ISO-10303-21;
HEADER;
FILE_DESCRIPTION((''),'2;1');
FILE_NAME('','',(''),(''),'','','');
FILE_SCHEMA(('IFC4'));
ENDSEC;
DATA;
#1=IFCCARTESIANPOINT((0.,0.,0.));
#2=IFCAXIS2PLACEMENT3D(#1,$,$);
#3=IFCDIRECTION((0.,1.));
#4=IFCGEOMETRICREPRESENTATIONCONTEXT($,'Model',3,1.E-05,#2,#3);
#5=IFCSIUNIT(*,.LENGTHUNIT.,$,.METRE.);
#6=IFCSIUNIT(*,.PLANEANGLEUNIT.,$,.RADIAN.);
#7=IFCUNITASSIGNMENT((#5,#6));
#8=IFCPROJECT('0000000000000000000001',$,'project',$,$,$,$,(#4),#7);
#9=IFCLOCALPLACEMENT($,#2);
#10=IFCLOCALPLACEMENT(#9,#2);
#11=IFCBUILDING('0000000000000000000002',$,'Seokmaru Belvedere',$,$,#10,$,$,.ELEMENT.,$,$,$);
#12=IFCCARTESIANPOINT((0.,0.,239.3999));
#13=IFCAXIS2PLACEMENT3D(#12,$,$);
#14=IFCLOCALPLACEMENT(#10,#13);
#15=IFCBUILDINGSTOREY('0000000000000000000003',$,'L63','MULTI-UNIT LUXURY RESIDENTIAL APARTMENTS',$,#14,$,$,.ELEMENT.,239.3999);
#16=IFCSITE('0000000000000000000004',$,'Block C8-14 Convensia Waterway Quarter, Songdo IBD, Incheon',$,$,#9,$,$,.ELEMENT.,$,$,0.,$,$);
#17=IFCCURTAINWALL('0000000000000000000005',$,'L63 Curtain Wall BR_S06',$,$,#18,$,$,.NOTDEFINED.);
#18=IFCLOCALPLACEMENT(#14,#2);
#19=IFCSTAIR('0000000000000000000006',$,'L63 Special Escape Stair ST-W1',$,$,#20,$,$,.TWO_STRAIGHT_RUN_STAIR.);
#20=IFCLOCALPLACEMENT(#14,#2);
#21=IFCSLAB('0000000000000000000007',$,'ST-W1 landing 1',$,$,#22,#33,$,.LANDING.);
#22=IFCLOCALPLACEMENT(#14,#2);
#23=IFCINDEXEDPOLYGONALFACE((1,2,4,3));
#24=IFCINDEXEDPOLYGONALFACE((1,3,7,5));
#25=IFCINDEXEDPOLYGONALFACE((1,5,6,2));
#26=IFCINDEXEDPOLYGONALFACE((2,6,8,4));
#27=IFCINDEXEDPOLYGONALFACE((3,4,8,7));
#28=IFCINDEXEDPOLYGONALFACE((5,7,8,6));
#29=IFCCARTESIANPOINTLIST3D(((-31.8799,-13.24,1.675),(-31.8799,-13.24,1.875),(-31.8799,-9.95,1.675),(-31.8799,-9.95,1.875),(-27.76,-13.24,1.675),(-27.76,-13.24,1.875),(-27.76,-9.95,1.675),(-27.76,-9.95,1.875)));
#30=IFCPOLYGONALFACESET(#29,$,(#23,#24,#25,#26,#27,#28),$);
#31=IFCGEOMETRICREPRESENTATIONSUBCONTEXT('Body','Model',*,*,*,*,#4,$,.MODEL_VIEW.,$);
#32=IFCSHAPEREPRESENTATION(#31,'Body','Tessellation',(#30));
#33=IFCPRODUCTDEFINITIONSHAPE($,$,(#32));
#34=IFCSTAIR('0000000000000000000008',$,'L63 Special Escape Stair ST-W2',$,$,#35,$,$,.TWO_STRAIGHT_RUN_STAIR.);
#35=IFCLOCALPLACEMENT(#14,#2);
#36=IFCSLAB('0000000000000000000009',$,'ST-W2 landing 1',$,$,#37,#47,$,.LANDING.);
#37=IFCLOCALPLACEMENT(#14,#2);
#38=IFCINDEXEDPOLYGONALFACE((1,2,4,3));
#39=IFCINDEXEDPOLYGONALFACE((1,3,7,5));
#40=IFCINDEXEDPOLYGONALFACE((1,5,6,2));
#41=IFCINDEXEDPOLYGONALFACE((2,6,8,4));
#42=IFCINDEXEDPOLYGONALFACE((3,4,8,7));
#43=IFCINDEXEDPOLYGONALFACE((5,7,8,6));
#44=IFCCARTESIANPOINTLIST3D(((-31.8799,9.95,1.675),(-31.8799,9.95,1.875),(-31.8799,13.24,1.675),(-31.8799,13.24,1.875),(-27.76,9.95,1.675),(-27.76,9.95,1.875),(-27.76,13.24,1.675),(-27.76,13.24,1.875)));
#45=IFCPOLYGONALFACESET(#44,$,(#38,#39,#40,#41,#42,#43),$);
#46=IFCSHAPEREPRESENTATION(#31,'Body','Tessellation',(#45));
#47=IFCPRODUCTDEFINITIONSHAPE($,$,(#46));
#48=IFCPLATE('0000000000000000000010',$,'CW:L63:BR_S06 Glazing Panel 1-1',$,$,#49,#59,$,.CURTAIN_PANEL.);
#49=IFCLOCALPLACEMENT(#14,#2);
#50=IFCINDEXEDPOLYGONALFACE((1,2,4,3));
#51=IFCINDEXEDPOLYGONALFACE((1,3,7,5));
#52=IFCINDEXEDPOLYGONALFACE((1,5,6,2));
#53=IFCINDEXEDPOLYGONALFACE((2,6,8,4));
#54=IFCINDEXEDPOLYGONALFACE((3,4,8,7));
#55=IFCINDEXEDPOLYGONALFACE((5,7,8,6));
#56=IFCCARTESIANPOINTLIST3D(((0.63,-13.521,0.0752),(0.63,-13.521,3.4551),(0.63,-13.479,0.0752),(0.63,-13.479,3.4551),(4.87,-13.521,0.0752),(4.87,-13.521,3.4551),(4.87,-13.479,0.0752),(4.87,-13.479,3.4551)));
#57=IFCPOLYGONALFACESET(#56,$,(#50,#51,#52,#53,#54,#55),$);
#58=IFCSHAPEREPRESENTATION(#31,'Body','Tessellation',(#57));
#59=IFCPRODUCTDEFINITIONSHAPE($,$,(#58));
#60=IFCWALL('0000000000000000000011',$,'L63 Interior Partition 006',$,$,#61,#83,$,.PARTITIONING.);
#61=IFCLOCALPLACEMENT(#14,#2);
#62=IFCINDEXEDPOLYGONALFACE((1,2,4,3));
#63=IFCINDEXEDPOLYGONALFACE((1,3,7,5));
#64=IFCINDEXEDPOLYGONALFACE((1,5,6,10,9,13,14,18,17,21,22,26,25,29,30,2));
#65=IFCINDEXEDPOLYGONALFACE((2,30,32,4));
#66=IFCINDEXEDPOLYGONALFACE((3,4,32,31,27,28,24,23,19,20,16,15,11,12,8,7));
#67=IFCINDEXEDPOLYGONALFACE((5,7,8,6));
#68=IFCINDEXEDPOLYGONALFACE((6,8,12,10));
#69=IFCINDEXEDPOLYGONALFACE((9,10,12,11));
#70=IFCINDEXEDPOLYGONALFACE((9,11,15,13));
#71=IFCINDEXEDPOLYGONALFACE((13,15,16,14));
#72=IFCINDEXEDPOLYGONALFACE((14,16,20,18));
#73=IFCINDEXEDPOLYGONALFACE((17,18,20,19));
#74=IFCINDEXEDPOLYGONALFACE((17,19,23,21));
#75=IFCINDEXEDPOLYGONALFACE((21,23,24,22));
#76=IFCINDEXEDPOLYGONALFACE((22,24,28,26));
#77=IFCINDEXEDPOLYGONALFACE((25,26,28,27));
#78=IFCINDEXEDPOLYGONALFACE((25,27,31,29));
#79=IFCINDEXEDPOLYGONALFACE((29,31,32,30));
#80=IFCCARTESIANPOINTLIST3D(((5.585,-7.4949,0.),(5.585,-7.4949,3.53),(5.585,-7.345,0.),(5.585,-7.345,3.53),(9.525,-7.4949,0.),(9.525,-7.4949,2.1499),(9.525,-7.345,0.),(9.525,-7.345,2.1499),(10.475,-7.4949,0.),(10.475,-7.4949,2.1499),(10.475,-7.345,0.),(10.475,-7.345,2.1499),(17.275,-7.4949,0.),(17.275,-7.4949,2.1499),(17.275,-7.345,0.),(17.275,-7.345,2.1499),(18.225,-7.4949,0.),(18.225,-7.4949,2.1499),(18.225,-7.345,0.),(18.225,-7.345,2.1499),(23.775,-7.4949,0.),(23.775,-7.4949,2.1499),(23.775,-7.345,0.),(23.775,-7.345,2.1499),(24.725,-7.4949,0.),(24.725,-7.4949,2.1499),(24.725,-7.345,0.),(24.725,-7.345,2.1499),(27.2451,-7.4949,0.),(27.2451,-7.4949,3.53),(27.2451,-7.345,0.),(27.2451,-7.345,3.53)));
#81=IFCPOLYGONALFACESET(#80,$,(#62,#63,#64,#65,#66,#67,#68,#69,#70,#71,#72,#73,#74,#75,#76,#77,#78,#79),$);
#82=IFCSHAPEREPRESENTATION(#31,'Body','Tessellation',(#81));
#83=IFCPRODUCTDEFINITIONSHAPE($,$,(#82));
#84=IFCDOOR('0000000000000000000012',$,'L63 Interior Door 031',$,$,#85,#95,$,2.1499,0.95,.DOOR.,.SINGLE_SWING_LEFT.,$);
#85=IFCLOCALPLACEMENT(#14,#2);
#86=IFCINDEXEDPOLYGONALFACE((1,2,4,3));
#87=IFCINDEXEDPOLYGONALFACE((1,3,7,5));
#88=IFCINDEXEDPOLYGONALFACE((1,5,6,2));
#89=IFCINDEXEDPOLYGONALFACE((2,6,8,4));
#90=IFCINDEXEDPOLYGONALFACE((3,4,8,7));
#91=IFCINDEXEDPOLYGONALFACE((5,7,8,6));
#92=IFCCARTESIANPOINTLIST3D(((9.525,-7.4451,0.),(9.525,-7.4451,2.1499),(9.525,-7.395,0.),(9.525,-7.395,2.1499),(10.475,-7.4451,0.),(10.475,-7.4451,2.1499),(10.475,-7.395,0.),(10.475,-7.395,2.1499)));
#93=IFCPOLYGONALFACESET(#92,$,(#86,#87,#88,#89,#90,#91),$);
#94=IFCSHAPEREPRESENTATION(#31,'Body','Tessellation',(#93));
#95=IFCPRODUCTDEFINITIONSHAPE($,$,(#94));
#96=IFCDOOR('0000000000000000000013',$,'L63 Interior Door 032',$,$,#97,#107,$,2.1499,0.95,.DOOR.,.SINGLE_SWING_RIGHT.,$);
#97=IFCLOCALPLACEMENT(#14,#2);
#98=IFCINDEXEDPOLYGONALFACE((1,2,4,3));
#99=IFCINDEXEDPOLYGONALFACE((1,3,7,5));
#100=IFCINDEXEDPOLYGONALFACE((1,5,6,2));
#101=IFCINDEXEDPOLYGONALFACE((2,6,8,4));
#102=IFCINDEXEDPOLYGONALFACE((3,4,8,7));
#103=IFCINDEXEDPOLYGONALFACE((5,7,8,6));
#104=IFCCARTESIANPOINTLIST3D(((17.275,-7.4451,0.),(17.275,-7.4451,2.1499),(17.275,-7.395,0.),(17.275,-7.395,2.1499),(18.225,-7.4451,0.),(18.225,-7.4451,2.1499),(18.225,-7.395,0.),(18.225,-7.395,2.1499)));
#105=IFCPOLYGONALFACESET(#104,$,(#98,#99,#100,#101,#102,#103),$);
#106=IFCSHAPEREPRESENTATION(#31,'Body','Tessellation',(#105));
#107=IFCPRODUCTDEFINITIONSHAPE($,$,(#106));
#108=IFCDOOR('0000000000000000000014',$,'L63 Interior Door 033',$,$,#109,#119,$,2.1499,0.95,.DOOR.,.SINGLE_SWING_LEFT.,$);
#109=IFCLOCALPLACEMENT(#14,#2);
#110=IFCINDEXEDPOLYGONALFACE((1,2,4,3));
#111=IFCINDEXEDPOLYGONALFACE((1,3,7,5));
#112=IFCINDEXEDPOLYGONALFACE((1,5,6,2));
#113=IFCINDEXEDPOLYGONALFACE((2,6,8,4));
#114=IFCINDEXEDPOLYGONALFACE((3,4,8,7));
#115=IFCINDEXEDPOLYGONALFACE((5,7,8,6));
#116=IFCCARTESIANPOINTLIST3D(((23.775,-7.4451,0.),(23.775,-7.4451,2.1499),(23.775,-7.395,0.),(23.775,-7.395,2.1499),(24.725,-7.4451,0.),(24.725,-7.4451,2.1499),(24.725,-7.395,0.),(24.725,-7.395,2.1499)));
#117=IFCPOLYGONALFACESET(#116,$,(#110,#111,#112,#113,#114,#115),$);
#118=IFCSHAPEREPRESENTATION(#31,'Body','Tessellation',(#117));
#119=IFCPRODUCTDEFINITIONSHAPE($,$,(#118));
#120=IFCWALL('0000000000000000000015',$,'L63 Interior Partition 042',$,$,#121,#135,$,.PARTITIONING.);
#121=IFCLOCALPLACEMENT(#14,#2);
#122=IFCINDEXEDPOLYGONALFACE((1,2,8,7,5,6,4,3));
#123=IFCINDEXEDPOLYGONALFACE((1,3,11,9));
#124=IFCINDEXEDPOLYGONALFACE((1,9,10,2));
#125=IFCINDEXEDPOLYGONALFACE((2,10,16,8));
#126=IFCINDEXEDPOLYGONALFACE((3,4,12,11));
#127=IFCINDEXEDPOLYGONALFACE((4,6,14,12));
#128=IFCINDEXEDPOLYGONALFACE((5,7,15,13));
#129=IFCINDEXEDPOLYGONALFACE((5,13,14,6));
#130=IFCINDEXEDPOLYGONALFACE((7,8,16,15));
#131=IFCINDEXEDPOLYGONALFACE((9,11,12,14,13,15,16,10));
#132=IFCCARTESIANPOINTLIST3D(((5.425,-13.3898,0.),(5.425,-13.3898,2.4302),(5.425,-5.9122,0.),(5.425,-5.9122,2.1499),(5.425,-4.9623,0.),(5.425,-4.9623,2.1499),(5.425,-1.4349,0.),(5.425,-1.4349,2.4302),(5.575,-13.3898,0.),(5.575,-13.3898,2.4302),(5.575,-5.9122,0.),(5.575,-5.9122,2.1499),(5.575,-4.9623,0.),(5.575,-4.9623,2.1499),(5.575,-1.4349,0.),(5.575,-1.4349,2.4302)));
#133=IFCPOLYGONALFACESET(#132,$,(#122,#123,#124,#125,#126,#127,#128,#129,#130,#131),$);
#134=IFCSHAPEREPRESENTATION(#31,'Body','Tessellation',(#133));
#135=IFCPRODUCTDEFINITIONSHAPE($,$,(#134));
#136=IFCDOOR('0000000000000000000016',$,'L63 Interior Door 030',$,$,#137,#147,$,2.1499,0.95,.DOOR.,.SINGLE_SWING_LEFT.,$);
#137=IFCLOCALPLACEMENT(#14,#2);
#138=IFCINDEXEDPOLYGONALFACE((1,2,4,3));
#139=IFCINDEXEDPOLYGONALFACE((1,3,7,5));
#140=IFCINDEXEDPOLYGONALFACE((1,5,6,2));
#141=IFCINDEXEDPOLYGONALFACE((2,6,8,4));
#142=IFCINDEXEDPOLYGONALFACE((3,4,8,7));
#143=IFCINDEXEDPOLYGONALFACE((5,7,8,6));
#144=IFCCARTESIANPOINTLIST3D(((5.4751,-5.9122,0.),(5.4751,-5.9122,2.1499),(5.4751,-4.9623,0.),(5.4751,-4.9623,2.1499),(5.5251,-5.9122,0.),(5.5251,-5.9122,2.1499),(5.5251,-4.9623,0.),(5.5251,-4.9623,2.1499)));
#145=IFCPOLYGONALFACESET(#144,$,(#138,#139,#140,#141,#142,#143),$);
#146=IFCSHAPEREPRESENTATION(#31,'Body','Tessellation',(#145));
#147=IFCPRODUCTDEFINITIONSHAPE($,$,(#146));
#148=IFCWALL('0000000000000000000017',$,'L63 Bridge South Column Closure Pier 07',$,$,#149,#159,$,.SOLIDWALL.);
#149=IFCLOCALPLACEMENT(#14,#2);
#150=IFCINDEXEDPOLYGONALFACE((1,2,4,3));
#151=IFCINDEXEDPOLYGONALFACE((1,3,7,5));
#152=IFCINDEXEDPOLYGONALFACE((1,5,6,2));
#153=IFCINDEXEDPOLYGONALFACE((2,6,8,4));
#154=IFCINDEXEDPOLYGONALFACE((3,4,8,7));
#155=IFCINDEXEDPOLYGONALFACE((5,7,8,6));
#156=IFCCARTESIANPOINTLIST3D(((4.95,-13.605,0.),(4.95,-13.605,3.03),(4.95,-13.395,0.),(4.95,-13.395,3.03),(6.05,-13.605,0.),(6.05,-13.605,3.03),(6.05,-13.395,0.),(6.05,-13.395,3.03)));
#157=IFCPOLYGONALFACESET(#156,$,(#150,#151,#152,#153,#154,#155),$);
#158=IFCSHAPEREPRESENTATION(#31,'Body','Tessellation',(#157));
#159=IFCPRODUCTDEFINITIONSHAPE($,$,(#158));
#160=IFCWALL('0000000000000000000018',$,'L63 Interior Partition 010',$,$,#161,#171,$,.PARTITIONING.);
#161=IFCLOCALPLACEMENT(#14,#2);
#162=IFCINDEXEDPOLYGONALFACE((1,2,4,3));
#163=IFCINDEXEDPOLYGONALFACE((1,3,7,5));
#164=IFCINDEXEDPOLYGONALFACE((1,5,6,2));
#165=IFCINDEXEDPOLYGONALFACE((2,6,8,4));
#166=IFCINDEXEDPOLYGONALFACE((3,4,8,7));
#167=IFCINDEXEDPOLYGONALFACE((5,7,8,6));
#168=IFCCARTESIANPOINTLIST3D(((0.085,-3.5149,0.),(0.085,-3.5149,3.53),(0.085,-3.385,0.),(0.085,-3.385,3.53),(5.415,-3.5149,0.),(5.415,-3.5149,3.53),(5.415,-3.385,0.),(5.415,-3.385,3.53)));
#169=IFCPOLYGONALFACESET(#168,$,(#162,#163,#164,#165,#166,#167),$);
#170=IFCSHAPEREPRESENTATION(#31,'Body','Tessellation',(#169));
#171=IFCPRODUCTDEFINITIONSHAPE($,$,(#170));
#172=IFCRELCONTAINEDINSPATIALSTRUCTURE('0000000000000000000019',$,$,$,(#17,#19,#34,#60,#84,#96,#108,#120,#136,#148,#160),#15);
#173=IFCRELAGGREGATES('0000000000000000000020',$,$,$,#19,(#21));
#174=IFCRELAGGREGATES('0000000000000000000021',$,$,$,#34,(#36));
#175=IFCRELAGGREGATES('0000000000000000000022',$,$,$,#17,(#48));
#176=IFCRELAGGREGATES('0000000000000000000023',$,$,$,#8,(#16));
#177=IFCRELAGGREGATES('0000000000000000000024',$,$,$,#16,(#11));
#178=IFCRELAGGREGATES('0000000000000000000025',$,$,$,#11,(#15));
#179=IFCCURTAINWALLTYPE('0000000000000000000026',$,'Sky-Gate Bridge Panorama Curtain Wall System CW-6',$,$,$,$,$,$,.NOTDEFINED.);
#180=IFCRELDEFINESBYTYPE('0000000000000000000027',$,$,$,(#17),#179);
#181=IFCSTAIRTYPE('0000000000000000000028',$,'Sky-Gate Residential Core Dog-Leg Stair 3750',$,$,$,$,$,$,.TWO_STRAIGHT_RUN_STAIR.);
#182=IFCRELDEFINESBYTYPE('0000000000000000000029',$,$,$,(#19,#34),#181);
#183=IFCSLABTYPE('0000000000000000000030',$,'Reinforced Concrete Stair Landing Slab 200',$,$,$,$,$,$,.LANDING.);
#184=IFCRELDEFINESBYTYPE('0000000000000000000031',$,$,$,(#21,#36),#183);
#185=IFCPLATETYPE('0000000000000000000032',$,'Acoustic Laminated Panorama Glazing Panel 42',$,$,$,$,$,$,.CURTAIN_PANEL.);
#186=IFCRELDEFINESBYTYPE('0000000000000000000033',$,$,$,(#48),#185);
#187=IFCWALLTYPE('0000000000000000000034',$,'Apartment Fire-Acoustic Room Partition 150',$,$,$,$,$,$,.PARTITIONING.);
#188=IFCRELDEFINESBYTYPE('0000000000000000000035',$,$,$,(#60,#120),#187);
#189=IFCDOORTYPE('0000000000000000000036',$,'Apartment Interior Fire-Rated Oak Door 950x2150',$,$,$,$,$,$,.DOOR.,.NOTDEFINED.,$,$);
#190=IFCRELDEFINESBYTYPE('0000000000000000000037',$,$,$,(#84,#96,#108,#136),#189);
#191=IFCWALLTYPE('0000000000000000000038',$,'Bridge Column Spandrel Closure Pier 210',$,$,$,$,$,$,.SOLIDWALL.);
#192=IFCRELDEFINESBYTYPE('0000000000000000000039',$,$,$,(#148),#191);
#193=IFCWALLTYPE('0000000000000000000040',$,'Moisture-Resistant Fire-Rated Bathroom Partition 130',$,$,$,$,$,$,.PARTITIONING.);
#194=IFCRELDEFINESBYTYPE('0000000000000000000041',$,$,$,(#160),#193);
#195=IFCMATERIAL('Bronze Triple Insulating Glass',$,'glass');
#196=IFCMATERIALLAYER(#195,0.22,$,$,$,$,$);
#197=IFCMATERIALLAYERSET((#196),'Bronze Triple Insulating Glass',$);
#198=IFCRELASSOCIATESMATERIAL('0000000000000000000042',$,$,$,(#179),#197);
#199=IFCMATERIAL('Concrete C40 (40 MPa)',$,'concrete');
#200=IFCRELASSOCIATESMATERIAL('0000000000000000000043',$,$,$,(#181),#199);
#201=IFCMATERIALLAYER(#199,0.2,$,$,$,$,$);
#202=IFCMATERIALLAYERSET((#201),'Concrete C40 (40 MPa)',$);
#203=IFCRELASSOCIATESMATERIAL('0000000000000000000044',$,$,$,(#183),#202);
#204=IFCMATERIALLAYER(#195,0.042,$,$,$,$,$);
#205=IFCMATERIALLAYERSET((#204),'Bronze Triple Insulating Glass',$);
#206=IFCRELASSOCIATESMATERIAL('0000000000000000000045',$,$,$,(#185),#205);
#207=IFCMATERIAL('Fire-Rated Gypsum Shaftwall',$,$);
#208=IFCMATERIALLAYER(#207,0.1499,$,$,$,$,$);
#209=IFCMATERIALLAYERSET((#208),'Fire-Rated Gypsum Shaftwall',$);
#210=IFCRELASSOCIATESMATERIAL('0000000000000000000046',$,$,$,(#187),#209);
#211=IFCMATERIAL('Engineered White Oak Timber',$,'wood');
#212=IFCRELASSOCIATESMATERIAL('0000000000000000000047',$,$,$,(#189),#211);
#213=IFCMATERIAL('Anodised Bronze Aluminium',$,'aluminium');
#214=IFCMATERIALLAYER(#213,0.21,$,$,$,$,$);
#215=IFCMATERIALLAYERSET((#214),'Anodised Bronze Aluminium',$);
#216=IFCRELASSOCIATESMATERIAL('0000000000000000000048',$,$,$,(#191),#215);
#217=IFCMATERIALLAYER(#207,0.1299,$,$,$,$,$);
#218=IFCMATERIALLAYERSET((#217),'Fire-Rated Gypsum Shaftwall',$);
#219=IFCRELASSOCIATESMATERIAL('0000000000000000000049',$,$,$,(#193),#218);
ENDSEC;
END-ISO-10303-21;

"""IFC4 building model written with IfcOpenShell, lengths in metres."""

from ifc_helpers import new_model, si_unit, direction, frame, frame_2d, origin, origin_2d, place, context, subcontext, project, spatial, polyline, rectangle, outline, extrude, source, transform, mapped, material, layer, layer_set, type_object, type_shapes, element, fill, aggregate, save


model = new_model("IFC4")

# Units and contexts
model_context = context("Model", 3, precision=1e-05, world=origin(), true_north=direction((0.0, 1.0)))
body_context = subcontext(model_context, "Body", "Model", "MODEL_VIEW")
ifc_project = project(units=[si_unit("LENGTHUNIT", "METRE"), si_unit("PLANEANGLEUNIT", "RADIAN")], contexts=[model_context])

# Site, building, storey
site_placement = place(None, origin())
site = spatial("IfcSite", under=ifc_project, at=site_placement, Name="Block C8-14 Convensia Waterway Quarter, Songdo IBD, Incheon", CompositionType="ELEMENT", RefElevation=0.0)
building_placement = place(site_placement, origin())
building = spatial("IfcBuilding", under=site, at=building_placement, Name="Seokmaru Belvedere", CompositionType="ELEMENT")
storey_placement = place(building_placement, frame((0.0, 0.0, 239.3999)))
storey = spatial("IfcBuildingStorey", under=building, at=storey_placement, Name="L63", Description="MULTI-UNIT LUXURY RESIDENTIAL APARTMENTS", CompositionType="ELEMENT", Elevation=239.3999)

# Curtain wall
ifc_material_1 = material(Name="Bronze Triple Insulating Glass", Category="glass")
ifc_layer_1 = layer(ifc_material_1, 0.22)
ifc_layer_set_1 = layer_set([ifc_layer_1], Name="Bronze Triple Insulating Glass")
curtain_wall_type = type_object("IfcCurtainWallType", Name="Sky-Gate Bridge Panorama Curtain Wall System CW-6", PredefinedType="NOTDEFINED", material=ifc_layer_set_1)
curtain_wall_1_placement = place(storey_placement, origin())
curtain_wall_1 = element("IfcCurtainWall", 1, at=curtain_wall_1_placement, inside=storey, type_object=curtain_wall_type, Name="L63 Curtain Wall BR_S06", PredefinedType="NOTDEFINED")
ifc_material_2 = material(Name="Anodised Bronze Aluminium", Category="aluminium")

# Stairs, slabs
ifc_material_3 = material(Name="Concrete C40 (40 MPa)", Category="concrete")
stair_type = type_object("IfcStairType", Name="Sky-Gate Residential Core Dog-Leg Stair 3750", PredefinedType="TWO_STRAIGHT_RUN_STAIR", material=ifc_material_3)
stair_1_placement = place(storey_placement, origin())
stair_1 = element("IfcStair", 2, at=stair_1_placement, inside=storey, type_object=stair_type, Name="L63 Special Escape Stair ST-W1", PredefinedType="TWO_STRAIGHT_RUN_STAIR")
ifc_layer_2 = layer(ifc_material_3, 0.2)
ifc_layer_set_2 = layer_set([ifc_layer_2], Name="Concrete C40 (40 MPa)")
slab_type = type_object("IfcSlabType", Name="Reinforced Concrete Stair Landing Slab 200", PredefinedType="LANDING", material=ifc_layer_set_2)
slab_1_placement = place(storey_placement, frame((0.0, 0.0, 1.675)))
slab_1 = element("IfcSlab", 3, at=slab_1_placement, type_object=slab_type, Name="ST-W1 landing 1", PredefinedType="LANDING", context=body_context, shape_type="SweptSolid", body=[
    extrude(outline(polyline([(-31.8799, -13.24), (-27.76, -13.24), (-27.76, -9.95), (-31.8799, -9.95), (-31.8799, -13.24)])), origin(), (0.0, 0.0, 1.0), 0.2),
])
aggregate(stair_1, [slab_1])
stair_2_placement = place(storey_placement, origin())
stair_2 = element("IfcStair", 4, at=stair_2_placement, inside=storey, type_object=stair_type, Name="L63 Special Escape Stair ST-W2", PredefinedType="TWO_STRAIGHT_RUN_STAIR")
slab_2_placement = place(storey_placement, frame((0.0, 0.0, 1.675)))
slab_2 = element("IfcSlab", 5, at=slab_2_placement, type_object=slab_type, Name="ST-W2 landing 1", PredefinedType="LANDING", context=body_context, shape_type="SweptSolid", body=[
    extrude(outline(polyline([(-31.8799, 9.95), (-27.76, 9.95), (-27.76, 13.24), (-31.8799, 13.24), (-31.8799, 9.95)])), origin(), (0.0, 0.0, 1.0), 0.2),
])
aggregate(stair_2, [slab_2])

# Plate
ifc_layer_3 = layer(ifc_material_1, 0.042)
ifc_layer_set_3 = layer_set([ifc_layer_3], Name="Bronze Triple Insulating Glass")
plate_type = type_object("IfcPlateType", Name="Acoustic Laminated Panorama Glazing Panel 42", PredefinedType="CURTAIN_PANEL", material=ifc_layer_set_3)
shared_shape_1 = source(origin(), body_context, "Body", "SweptSolid", [
    extrude(rectangle(XDim=4.24, YDim=0.042, at=origin_2d()), origin(), (0.0, 0.0, 1.0), 3.3799),
])
type_shapes(plate_type, [shared_shape_1])
plate_placement = place(storey_placement, frame((2.75, -13.5, 0.0752), z_axis=(0.0, 0.0, 1.0), x_axis=(1.0, 0.0, 0.0)))
plate = element("IfcPlate", 6, at=plate_placement, type_object=plate_type, Name="CW:L63:BR_S06 Glazing Panel 1-1", PredefinedType="CURTAIN_PANEL", context=body_context, shape_type="MappedRepresentation", body=[
    mapped(shared_shape_1, transform((0.0, 0.0, 0.0), scale=1.0)),
])
aggregate(curtain_wall_1, [plate])

# Wall, openings, doors
ifc_material_4 = material(Name="Fire-Rated Gypsum Shaftwall")
ifc_layer_4 = layer(ifc_material_4, 0.1499)
ifc_layer_set_4 = layer_set([ifc_layer_4], Name="Fire-Rated Gypsum Shaftwall")
wall_type_1 = type_object("IfcWallType", Name="Apartment Fire-Acoustic Room Partition 150", PredefinedType="PARTITIONING", material=ifc_layer_set_4)
wall_1_placement = place(storey_placement, frame((5.585, -7.4199, 0.0), z_axis=(0.0, 0.0, 1.0), x_axis=(1.0, 0.0, 0.0)))
wall_1 = element("IfcWall", 7, at=wall_1_placement, inside=storey, type_object=wall_type_1, Name="L63 Interior Partition 006", PredefinedType="PARTITIONING", context=body_context, shape_type="SweptSolid", body=[
    extrude(rectangle(XDim=21.6602, YDim=0.1499, at=frame_2d((10.8301, 0.0))), origin(), (0.0, 0.0, 1.0), 3.53),
])
opening_1_placement = place(wall_1_placement, frame((3.9399, 0.0, 0.0)))
opening_1 = element("IfcOpeningElement", 8, at=opening_1_placement, cuts=wall_1, PredefinedType="OPENING", context=body_context, shape_type="SweptSolid", body=[
    extrude(rectangle(XDim=0.95, YDim=2.1499, at=frame_2d((0.4751, 1.075))), frame((0.0, 0.085, 0.0), z_axis=(0.0, -1.0, 0.0), x_axis=(1.0, 0.0, 0.0)), (0.0, 0.0, 1.0), 0.1699),
])
opening_2_placement = place(wall_1_placement, frame((11.6899, 0.0, 0.0)))
opening_2 = element("IfcOpeningElement", 9, at=opening_2_placement, cuts=wall_1, PredefinedType="OPENING", context=body_context, shape_type="SweptSolid", body=[
    extrude(rectangle(XDim=0.95, YDim=2.1499, at=frame_2d((0.4751, 1.075))), frame((0.0, 0.085, 0.0), z_axis=(0.0, -1.0, 0.0), x_axis=(1.0, 0.0, 0.0)), (0.0, 0.0, 1.0), 0.1699),
])
opening_3_placement = place(wall_1_placement, frame((18.1899, 0.0, 0.0)))
opening_3 = element("IfcOpeningElement", 10, at=opening_3_placement, cuts=wall_1, PredefinedType="OPENING", context=body_context, shape_type="SweptSolid", body=[
    extrude(rectangle(XDim=0.95, YDim=2.1499, at=frame_2d((0.4751, 1.075))), frame((0.0, 0.085, 0.0), z_axis=(0.0, -1.0, 0.0), x_axis=(1.0, 0.0, 0.0)), (0.0, 0.0, 1.0), 0.1699),
])
ifc_material_5 = material(Name="Engineered White Oak Timber", Category="wood")
door_type = type_object("IfcDoorType", Name="Apartment Interior Fire-Rated Oak Door 950x2150", OperationType="NOTDEFINED", PredefinedType="DOOR", material=ifc_material_5)
shared_shape_2 = source(origin(), body_context, "Body", "SweptSolid", [
    extrude(rectangle(XDim=0.95, YDim=2.1499, at=frame_2d((0.4751, 1.075))), frame((0.0, 0.0249, 0.0), z_axis=(0.0, -1.0, 0.0), x_axis=(1.0, 0.0, 0.0)), (0.0, 0.0, 1.0), 0.05),
])
type_shapes(door_type, [shared_shape_2])
door_1_placement = place(opening_1_placement, origin())
door_1 = element("IfcDoor", 11, at=door_1_placement, inside=storey, type_object=door_type, Name="L63 Interior Door 031", OperationType="SINGLE_SWING_LEFT", OverallHeight=2.1499, OverallWidth=0.95, PredefinedType="DOOR", context=body_context, shape_type="MappedRepresentation", body=[
    mapped(shared_shape_2, transform((0.0, 0.0, 0.0), scale=1.0)),
])
fill(opening_1, door_1)
door_2_placement = place(opening_2_placement, origin())
door_2 = element("IfcDoor", 12, at=door_2_placement, inside=storey, type_object=door_type, Name="L63 Interior Door 032", OperationType="SINGLE_SWING_RIGHT", OverallHeight=2.1499, OverallWidth=0.95, PredefinedType="DOOR", context=body_context, shape_type="MappedRepresentation", body=[
    mapped(shared_shape_2, transform((0.0, 0.0, 0.0), scale=1.0)),
])
fill(opening_2, door_2)
door_3_placement = place(opening_3_placement, origin())
door_3 = element("IfcDoor", 13, at=door_3_placement, inside=storey, type_object=door_type, Name="L63 Interior Door 033", OperationType="SINGLE_SWING_LEFT", OverallHeight=2.1499, OverallWidth=0.95, PredefinedType="DOOR", context=body_context, shape_type="MappedRepresentation", body=[
    mapped(shared_shape_2, transform((0.0, 0.0, 0.0), scale=1.0)),
])
fill(opening_3, door_3)

# Wall, opening, door
wall_2_placement = place(storey_placement, frame((5.5, -13.3899, 0.0), z_axis=(0.0, 0.0, 1.0), x_axis=(0.0, 1.0, 0.0)))
wall_2 = element("IfcWall", 14, at=wall_2_placement, inside=storey, type_object=wall_type_1, Name="L63 Interior Partition 042", PredefinedType="PARTITIONING", context=body_context, shape_type="SweptSolid", body=[
    extrude(rectangle(XDim=11.9548, YDim=0.1499, at=frame_2d((5.9775, 0.0))), origin(), (0.0, 0.0, 1.0), 2.4302),
])
opening_4_placement = place(wall_2_placement, frame((7.4775, 0.0, 0.0)))
opening_4 = element("IfcOpeningElement", 15, at=opening_4_placement, cuts=wall_2, PredefinedType="OPENING", context=body_context, shape_type="SweptSolid", body=[
    extrude(rectangle(XDim=0.95, YDim=2.1499, at=frame_2d((0.4751, 1.075))), frame((0.0, 0.085, 0.0), z_axis=(0.0, -1.0, 0.0), x_axis=(1.0, 0.0, 0.0)), (0.0, 0.0, 1.0), 0.1699),
])
door_4_placement = place(opening_4_placement, origin())
door_4 = element("IfcDoor", 16, at=door_4_placement, inside=storey, type_object=door_type, Name="L63 Interior Door 030", OperationType="SINGLE_SWING_LEFT", OverallHeight=2.1499, OverallWidth=0.95, PredefinedType="DOOR", context=body_context, shape_type="MappedRepresentation", body=[
    mapped(shared_shape_2, transform((0.0, 0.0, 0.0), scale=1.0)),
])
fill(opening_4, door_4)

# Walls
ifc_layer_5 = layer(ifc_material_2, 0.21)
ifc_layer_set_5 = layer_set([ifc_layer_5], Name="Anodised Bronze Aluminium")
wall_type_2 = type_object("IfcWallType", Name="Bridge Column Spandrel Closure Pier 210", PredefinedType="SOLIDWALL", material=ifc_layer_set_5)
wall_3_placement = place(storey_placement, frame((4.95, -13.5, 0.0), z_axis=(0.0, 0.0, 1.0), x_axis=(1.0, 0.0, 0.0)))
element("IfcWall", 17, at=wall_3_placement, inside=storey, type_object=wall_type_2, Name="L63 Bridge South Column Closure Pier 07", PredefinedType="SOLIDWALL", context=body_context, shape_type="SweptSolid", body=[
    extrude(rectangle(XDim=1.1001, YDim=0.21, at=frame_2d((0.55, 0.0))), origin(), (0.0, 0.0, 1.0), 3.03),
])
ifc_layer_6 = layer(ifc_material_4, 0.1299)
ifc_layer_set_6 = layer_set([ifc_layer_6], Name="Fire-Rated Gypsum Shaftwall")
wall_type_3 = type_object("IfcWallType", Name="Moisture-Resistant Fire-Rated Bathroom Partition 130", PredefinedType="PARTITIONING", material=ifc_layer_set_6)
wall_4_placement = place(storey_placement, frame((0.085, -3.45, 0.0), z_axis=(0.0, 0.0, 1.0), x_axis=(1.0, 0.0, 0.0)))
element("IfcWall", 18, at=wall_4_placement, inside=storey, type_object=wall_type_3, Name="L63 Interior Partition 010", PredefinedType="PARTITIONING", context=body_context, shape_type="SweptSolid", body=[
    extrude(rectangle(XDim=5.3301, YDim=0.1299, at=frame_2d((2.665, 0.0))), origin(), (0.0, 0.0, 1.0), 3.53),
])

save(model, "model.ifc")
